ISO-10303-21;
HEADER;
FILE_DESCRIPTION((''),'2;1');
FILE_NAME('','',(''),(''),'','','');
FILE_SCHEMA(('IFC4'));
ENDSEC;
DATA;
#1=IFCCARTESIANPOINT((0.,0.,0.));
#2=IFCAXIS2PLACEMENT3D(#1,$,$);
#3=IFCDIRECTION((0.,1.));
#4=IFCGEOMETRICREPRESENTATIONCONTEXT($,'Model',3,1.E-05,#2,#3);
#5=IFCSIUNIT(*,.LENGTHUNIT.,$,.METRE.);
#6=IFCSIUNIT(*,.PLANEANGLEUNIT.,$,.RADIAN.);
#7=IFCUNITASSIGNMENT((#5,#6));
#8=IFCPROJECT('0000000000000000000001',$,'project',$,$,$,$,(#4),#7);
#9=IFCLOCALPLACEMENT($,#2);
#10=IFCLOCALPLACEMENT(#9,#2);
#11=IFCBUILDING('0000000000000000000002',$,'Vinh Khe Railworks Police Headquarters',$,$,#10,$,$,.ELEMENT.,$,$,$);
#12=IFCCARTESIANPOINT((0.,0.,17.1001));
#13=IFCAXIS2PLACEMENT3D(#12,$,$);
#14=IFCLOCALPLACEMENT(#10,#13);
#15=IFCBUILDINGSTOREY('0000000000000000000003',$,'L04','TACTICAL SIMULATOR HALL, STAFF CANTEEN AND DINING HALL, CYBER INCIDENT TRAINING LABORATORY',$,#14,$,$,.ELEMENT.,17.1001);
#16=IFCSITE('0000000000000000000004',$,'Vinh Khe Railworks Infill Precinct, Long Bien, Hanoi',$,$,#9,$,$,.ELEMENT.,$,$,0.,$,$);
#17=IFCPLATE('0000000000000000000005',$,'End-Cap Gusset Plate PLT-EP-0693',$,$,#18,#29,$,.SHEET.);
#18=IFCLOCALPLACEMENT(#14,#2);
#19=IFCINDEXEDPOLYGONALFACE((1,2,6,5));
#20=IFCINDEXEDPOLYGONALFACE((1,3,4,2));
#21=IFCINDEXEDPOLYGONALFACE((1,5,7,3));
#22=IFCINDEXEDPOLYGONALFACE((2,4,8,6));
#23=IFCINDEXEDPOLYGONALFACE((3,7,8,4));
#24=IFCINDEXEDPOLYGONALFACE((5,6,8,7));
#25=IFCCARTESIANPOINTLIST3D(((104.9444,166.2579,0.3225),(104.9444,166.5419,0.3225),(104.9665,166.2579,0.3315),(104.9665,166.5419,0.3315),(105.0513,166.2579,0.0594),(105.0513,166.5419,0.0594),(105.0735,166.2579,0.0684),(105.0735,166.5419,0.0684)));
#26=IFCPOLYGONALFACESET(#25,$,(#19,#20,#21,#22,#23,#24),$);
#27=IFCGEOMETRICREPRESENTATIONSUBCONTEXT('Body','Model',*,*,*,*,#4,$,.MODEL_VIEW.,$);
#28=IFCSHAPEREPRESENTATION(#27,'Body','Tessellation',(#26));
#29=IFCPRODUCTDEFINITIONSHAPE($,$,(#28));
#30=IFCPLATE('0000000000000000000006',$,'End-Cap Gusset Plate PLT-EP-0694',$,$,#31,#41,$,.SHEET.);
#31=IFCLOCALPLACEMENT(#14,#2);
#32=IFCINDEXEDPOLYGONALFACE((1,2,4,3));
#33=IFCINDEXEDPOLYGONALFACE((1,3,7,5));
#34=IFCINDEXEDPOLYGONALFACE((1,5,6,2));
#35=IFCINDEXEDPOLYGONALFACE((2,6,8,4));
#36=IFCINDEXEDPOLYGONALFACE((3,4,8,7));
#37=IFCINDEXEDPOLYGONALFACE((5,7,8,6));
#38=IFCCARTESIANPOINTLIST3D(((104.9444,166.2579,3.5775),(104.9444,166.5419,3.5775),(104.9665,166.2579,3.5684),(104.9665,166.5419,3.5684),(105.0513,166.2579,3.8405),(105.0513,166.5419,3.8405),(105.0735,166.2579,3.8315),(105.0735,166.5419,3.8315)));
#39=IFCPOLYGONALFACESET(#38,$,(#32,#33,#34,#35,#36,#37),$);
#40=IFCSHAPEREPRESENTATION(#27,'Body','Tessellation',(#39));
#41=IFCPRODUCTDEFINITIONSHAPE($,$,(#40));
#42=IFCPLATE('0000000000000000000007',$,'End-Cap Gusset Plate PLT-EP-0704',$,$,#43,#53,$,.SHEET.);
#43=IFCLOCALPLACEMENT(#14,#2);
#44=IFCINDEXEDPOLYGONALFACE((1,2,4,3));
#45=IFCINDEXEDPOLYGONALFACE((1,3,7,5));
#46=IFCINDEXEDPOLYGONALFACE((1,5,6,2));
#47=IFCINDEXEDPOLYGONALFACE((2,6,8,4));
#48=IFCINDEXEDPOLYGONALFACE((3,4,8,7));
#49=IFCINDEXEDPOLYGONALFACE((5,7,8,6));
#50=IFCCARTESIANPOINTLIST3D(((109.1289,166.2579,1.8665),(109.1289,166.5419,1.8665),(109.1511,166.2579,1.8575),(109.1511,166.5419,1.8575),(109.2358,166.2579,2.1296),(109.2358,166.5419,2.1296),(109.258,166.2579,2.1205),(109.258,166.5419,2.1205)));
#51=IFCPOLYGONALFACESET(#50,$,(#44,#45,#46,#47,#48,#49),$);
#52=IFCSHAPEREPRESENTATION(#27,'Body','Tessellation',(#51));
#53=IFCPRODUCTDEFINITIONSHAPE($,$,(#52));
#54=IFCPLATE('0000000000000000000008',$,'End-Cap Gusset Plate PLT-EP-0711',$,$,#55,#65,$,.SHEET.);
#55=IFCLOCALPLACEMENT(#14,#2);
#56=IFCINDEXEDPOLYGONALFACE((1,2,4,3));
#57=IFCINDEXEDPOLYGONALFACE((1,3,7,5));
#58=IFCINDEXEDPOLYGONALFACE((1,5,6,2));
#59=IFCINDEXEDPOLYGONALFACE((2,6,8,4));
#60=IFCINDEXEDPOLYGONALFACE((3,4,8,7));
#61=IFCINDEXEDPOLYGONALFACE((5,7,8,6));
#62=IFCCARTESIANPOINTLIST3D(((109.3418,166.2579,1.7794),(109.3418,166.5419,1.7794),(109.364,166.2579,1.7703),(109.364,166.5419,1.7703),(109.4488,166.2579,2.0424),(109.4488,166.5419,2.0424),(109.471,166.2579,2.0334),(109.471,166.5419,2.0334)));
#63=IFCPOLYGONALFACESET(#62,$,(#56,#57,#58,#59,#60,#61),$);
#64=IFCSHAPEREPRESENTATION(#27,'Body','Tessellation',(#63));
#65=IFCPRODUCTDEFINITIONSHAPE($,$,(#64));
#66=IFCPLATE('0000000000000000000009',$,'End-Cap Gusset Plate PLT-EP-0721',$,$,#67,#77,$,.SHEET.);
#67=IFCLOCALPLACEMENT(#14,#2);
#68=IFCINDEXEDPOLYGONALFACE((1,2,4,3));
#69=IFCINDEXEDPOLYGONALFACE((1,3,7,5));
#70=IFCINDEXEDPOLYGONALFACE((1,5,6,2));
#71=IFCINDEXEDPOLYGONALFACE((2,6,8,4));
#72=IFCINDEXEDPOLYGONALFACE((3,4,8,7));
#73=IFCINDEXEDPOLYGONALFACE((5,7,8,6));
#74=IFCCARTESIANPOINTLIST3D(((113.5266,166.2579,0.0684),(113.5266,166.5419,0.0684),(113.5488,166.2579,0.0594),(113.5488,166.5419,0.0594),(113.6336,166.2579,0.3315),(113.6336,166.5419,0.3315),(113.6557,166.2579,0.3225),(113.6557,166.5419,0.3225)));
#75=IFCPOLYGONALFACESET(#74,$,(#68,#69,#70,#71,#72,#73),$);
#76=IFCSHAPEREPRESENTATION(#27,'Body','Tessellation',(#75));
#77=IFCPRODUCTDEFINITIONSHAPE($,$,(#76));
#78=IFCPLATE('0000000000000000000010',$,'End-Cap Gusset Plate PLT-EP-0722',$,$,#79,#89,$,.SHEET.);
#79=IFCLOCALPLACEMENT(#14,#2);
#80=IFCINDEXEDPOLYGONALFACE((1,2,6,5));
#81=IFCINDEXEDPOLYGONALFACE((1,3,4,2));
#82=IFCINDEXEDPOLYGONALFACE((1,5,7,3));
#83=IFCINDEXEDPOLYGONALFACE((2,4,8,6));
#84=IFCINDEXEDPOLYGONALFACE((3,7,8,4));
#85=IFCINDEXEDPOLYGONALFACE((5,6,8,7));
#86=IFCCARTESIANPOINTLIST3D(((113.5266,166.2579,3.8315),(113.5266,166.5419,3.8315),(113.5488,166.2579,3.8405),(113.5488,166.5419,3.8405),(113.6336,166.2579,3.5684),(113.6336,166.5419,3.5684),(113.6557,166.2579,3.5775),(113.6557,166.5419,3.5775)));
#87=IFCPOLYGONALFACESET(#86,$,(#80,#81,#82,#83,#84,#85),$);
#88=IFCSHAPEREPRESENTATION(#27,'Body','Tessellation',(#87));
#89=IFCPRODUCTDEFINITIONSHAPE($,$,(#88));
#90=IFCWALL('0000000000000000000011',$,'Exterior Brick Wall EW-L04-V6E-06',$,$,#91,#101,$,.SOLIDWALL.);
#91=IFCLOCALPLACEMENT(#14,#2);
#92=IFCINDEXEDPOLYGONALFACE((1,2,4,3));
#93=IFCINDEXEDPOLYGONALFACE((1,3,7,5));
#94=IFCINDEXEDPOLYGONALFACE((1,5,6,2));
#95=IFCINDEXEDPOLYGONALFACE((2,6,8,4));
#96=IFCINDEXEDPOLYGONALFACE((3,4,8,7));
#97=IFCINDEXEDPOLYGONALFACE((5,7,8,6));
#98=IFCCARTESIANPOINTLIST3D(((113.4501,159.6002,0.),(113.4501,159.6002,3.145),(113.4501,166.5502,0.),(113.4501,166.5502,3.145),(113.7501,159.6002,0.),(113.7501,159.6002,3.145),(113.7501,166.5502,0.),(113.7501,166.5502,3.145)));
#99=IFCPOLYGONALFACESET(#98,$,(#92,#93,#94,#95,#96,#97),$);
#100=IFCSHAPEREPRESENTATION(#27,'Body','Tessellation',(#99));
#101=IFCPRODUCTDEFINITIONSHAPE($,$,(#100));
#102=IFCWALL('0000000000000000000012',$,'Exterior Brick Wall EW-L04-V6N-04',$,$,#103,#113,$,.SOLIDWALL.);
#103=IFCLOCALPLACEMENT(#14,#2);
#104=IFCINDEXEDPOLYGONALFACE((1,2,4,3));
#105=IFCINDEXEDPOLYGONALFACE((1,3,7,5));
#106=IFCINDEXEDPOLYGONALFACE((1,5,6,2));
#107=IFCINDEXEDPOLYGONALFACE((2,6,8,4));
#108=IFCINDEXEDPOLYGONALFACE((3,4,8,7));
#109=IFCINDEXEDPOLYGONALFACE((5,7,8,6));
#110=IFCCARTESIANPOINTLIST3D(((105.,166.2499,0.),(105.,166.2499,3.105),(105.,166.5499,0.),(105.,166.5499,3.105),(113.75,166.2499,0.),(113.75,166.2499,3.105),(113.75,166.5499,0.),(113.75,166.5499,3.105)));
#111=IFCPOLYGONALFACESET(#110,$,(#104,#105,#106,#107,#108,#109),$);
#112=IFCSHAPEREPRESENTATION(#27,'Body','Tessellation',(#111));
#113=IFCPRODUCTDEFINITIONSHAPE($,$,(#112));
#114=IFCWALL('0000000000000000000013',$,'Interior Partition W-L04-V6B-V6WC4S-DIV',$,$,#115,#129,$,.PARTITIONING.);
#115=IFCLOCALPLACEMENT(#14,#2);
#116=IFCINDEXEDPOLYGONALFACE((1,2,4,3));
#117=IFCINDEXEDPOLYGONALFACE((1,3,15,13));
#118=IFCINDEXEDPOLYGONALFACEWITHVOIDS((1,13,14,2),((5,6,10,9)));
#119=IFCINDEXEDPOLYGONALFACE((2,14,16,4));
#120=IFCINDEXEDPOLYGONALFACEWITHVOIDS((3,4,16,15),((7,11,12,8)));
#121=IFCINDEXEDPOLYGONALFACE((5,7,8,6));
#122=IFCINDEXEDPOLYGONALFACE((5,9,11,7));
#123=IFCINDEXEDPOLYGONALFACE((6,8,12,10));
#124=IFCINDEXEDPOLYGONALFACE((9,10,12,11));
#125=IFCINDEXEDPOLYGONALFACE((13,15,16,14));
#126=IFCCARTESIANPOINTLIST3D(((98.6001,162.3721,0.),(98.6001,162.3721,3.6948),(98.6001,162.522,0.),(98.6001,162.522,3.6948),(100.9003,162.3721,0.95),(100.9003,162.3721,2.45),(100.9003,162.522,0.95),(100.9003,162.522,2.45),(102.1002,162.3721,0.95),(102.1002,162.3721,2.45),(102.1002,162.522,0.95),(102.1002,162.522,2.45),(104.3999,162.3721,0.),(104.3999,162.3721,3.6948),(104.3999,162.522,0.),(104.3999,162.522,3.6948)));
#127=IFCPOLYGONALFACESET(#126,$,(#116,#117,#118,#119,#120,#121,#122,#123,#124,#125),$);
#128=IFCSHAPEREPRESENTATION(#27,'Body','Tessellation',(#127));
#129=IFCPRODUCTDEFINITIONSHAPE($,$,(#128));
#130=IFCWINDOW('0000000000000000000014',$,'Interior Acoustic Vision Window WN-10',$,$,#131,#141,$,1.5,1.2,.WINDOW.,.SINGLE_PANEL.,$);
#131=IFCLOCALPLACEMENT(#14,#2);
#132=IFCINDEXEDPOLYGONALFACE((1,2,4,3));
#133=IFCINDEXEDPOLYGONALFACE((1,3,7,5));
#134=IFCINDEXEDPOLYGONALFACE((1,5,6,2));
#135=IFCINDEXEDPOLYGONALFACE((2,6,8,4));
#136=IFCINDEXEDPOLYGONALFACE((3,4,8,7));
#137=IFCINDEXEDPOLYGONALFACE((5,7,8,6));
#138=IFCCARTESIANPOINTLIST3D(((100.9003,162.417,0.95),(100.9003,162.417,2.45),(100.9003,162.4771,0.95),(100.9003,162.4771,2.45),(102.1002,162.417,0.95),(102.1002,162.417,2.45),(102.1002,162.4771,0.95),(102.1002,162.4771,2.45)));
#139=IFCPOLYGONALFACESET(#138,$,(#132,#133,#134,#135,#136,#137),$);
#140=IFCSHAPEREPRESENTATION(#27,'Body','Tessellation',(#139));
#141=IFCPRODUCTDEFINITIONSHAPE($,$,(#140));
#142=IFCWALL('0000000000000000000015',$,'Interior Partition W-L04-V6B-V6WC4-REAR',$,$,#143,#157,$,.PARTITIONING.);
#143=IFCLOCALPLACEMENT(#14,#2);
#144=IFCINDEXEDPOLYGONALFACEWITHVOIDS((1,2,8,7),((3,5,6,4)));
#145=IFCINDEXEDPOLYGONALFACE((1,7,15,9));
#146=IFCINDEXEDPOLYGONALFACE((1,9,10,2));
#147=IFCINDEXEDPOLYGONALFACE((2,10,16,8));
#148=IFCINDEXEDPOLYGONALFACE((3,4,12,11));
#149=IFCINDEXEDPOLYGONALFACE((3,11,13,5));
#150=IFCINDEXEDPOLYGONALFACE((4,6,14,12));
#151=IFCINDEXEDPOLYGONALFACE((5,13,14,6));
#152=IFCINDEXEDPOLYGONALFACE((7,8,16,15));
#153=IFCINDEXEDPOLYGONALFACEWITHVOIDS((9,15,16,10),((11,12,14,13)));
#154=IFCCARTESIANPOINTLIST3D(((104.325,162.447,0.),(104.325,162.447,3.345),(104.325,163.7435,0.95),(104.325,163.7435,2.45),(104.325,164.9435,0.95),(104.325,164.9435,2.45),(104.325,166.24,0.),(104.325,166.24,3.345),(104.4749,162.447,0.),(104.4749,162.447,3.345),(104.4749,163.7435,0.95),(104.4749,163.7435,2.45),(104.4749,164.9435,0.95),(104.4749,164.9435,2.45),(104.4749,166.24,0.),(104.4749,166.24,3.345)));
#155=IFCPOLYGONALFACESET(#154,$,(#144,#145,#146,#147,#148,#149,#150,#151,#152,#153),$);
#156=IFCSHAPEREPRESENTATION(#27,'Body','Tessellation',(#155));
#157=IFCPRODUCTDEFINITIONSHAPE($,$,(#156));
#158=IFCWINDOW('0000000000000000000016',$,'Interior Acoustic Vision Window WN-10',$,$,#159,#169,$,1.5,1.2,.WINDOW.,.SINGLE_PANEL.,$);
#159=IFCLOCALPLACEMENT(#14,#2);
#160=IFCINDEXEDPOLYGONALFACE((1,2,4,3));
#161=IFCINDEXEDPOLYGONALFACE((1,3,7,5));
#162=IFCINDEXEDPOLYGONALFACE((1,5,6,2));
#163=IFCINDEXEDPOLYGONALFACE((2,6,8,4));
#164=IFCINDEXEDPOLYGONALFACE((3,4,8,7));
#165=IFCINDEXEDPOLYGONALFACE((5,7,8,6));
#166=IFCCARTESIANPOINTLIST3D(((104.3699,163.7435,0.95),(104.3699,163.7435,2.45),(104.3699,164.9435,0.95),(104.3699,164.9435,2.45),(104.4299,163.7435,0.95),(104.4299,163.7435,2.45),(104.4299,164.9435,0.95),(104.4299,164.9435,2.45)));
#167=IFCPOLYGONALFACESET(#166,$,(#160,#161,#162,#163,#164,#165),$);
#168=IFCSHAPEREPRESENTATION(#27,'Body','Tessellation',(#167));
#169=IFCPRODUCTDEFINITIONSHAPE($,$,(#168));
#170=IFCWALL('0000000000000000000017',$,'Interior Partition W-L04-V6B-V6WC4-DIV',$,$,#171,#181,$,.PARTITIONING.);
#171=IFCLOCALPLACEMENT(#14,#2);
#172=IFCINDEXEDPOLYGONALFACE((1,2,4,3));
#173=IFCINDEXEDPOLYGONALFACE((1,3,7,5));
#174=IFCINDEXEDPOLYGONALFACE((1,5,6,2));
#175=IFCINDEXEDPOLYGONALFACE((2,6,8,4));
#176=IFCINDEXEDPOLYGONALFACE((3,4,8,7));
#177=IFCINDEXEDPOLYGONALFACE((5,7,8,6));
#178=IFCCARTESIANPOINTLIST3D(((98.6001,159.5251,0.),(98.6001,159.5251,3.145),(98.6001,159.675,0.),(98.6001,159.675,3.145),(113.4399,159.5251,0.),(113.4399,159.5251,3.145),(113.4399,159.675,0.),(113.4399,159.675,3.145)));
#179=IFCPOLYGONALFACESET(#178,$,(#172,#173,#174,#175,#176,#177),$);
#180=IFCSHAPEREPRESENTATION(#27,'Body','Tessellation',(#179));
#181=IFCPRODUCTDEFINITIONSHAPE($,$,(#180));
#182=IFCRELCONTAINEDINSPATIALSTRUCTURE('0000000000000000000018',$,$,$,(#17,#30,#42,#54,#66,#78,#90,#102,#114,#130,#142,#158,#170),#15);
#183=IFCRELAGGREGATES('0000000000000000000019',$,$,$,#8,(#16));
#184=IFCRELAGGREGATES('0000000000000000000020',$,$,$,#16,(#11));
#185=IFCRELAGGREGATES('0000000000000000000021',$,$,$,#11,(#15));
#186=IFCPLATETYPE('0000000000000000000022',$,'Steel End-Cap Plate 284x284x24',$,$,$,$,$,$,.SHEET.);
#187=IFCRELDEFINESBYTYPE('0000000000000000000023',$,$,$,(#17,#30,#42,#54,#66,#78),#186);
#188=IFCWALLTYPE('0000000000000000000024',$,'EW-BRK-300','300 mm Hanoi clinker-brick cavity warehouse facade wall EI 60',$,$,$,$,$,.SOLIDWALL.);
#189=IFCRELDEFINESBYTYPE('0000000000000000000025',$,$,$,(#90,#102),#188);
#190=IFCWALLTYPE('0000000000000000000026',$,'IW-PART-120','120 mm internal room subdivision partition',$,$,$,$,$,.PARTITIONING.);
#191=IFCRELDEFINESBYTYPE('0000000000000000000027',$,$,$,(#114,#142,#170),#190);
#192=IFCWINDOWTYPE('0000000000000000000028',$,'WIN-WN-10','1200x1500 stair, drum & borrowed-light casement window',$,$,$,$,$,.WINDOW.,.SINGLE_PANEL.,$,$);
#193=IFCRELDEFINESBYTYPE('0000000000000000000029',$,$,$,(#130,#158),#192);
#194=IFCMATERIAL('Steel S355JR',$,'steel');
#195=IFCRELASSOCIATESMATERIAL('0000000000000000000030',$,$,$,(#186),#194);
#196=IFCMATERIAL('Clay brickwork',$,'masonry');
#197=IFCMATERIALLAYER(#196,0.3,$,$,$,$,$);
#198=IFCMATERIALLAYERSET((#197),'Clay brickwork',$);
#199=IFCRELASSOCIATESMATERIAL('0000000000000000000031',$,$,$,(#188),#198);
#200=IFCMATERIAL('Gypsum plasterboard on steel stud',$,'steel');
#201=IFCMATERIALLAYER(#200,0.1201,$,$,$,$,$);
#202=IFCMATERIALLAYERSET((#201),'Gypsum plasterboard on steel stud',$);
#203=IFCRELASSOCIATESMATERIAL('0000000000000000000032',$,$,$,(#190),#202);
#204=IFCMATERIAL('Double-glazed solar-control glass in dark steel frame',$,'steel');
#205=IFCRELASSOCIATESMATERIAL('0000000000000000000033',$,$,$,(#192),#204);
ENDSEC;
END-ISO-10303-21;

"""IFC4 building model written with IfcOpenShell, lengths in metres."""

from ifc_helpers import new_model, si_unit, direction, frame, frame_2d, origin, origin_2d, place, context, subcontext, project, spatial, rectangle, extrude, material, layer, layer_set, material_profile, profile_set, type_object, element, fill, save


model = new_model("IFC4")

# Units and contexts
model_context = context("Model", 3, precision=1e-05, world=origin(), true_north=direction((0.0, 1.0)))
body_context = subcontext(model_context, "Body", "Model", "MODEL_VIEW")
ifc_project = project(units=[si_unit("LENGTHUNIT", "METRE"), si_unit("PLANEANGLEUNIT", "RADIAN")], contexts=[model_context])

# Site, building, storey
site_placement = place(None, origin())
site = spatial("IfcSite", under=ifc_project, at=site_placement, Name="Vinh Khe Railworks Infill Precinct, Long Bien, Hanoi", CompositionType="ELEMENT", RefElevation=0.0)
building_placement = place(site_placement, origin())
building = spatial("IfcBuilding", under=site, at=building_placement, Name="Vinh Khe Railworks Police Headquarters", CompositionType="ELEMENT")
storey_placement = place(building_placement, frame((0.0, 0.0, 17.1001)))
storey = spatial("IfcBuildingStorey", under=building, at=storey_placement, Name="L04", Description="TACTICAL SIMULATOR HALL, STAFF CANTEEN AND DINING HALL, CYBER INCIDENT TRAINING LABORATORY", CompositionType="ELEMENT", Elevation=17.1001)

# Shared definitions
ifc_material_1 = material(Name="Steel S355JR", Category="steel")

# Plates
ifc_material_profile_1 = material_profile(ifc_material_1, rectangle(XDim=0.2839, YDim=0.2839, at=origin_2d()), Name="PL 284x284")
ifc_profile_set_1 = profile_set([ifc_material_profile_1], Name="Steel S355JR")
plate_type = type_object("IfcPlateType", Name="Steel End-Cap Plate 284x284x24", PredefinedType="SHEET", material=ifc_profile_set_1)
for number, where, z_axis, x_axis, name in (
    (1, (105.02, 166.3999, 0.2), (-0.926356, 0.0, -0.37665), (0.0, -1.0, 0.0), "End-Cap Gusset Plate PLT-EP-0693"),
    (2, (105.02, 166.3999, 3.7), (-0.926356, 0.0, 0.37665), (0.0, -1.0, 0.0), "End-Cap Gusset Plate PLT-EP-0694"),
    (3, (109.1824, 166.3999, 1.998), (0.926356, 0.0, -0.37665), (0.0, 1.0, 0.0), "End-Cap Gusset Plate PLT-EP-0704"),
    (4, (109.4175, 166.3999, 1.9019), (-0.926356, 0.0, 0.37665), (0.0, -1.0, 0.0), "End-Cap Gusset Plate PLT-EP-0711"),
    (5, (113.5801, 166.3999, 0.2), (0.926356, 0.0, -0.37665), (0.0, 1.0, 0.0), "End-Cap Gusset Plate PLT-EP-0721"),
    (6, (113.5801, 166.3999, 3.7), (0.926356, 0.0, 0.37665), (0.0, 1.0, 0.0), "End-Cap Gusset Plate PLT-EP-0722"),
):
    element("IfcPlate", number, at=place(storey_placement, frame(where, z_axis=z_axis, x_axis=x_axis)), inside=storey, type_object=plate_type, Name=name, PredefinedType="SHEET", context=body_context, shape_type="SweptSolid", body=[
        extrude(rectangle(XDim=0.2839, YDim=0.2839, at=origin_2d()), origin(), (0.0, 0.0, 1.0), 0.0239),
    ])

# Walls
ifc_material_2 = material(Name="Clay brickwork", Category="masonry")
ifc_layer_1 = layer(ifc_material_2, 0.3)
ifc_layer_set_1 = layer_set([ifc_layer_1], Name="Clay brickwork")
wall_type_1 = type_object("IfcWallType", Name="EW-BRK-300", Description="300 mm Hanoi clinker-brick cavity warehouse facade wall EI 60", PredefinedType="SOLIDWALL", material=ifc_layer_set_1)
wall_1_placement = place(storey_placement, frame((113.6001, 159.6001, 0.0), z_axis=(0.0, 0.0, 1.0), x_axis=(0.0, 1.0, 0.0)))
element("IfcWall", 7, at=wall_1_placement, inside=storey, type_object=wall_type_1, Name="Exterior Brick Wall EW-L04-V6E-06", PredefinedType="SOLIDWALL", context=body_context, shape_type="SweptSolid", body=[
    extrude(rectangle(XDim=6.95, YDim=0.3, at=frame_2d((3.4751, 0.0))), origin(), (0.0, 0.0, 1.0), 3.145),
])
wall_2_placement = place(storey_placement, frame((105.0, 166.3999, 0.0), z_axis=(0.0, 0.0, 1.0), x_axis=(1.0, 0.0, 0.0)))
element("IfcWall", 8, at=wall_2_placement, inside=storey, type_object=wall_type_1, Name="Exterior Brick Wall EW-L04-V6N-04", PredefinedType="SOLIDWALL", context=body_context, shape_type="SweptSolid", body=[
    extrude(rectangle(XDim=8.75, YDim=0.3, at=frame_2d((4.375, 0.0))), origin(), (0.0, 0.0, 1.0), 3.105),
])

# Walls, openings, windows
ifc_material_3 = material(Name="Gypsum plasterboard on steel stud", Category="steel")
ifc_layer_2 = layer(ifc_material_3, 0.1201)
ifc_layer_set_2 = layer_set([ifc_layer_2], Name="Gypsum plasterboard on steel stud")
wall_type_2 = type_object("IfcWallType", Name="IW-PART-120", Description="120 mm internal room subdivision partition", PredefinedType="PARTITIONING", material=ifc_layer_set_2)
wall_3_placement = place(storey_placement, frame((98.6001, 162.447, 0.0), z_axis=(0.0, 0.0, 1.0), x_axis=(1.0, 0.0, 0.0)))
wall_3 = element("IfcWall", 9, at=wall_3_placement, inside=storey, type_object=wall_type_2, Name="Interior Partition W-L04-V6B-V6WC4S-DIV", PredefinedType="PARTITIONING", context=body_context, shape_type="SweptSolid", body=[
    extrude(rectangle(XDim=5.7998, YDim=0.1499, at=frame_2d((2.8999, 0.0))), origin(), (0.0, 0.0, 1.0), 3.6948),
])
opening_1_placement = place(wall_3_placement, frame((2.3, 0.0, 0.95)))
opening_1 = element("IfcOpeningElement", 10, at=opening_1_placement, cuts=wall_3, PredefinedType="OPENING", context=body_context, shape_type="SweptSolid", body=[
    extrude(rectangle(XDim=1.2, YDim=1.5, at=frame_2d((0.6001, 0.75))), frame((0.0, 0.0898, 0.0), z_axis=(0.0, -1.0, 0.0), x_axis=(1.0, 0.0, 0.0)), (0.0, 0.0, 1.0), 0.1797),
])
ifc_material_4 = material(Name="Double-glazed solar-control glass in dark steel frame", Category="steel")
window_type = type_object("IfcWindowType", Name="WIN-WN-10", Description="1200x1500 stair, drum & borrowed-light casement window", PartitioningType="SINGLE_PANEL", PredefinedType="WINDOW", material=ifc_material_4)
window_1_placement = place(opening_1_placement, origin())
window_1 = element("IfcWindow", 11, at=window_1_placement, inside=storey, type_object=window_type, Name="Interior Acoustic Vision Window WN-10", OverallHeight=1.5, OverallWidth=1.2, PartitioningType="SINGLE_PANEL", PredefinedType="WINDOW", context=body_context, shape_type="SweptSolid", body=[
    extrude(rectangle(XDim=1.2, YDim=1.5, at=frame_2d((0.6001, 0.75))), frame((0.0, 0.03, 0.0), z_axis=(0.0, -1.0, 0.0), x_axis=(1.0, 0.0, 0.0)), (0.0, 0.0, 1.0), 0.0601),
])
fill(opening_1, window_1)
wall_4_placement = place(storey_placement, frame((104.3999, 162.447, 0.0), z_axis=(0.0, 0.0, 1.0), x_axis=(0.0, 1.0, 0.0)))
wall_4 = element("IfcWall", 12, at=wall_4_placement, inside=storey, type_object=wall_type_2, Name="Interior Partition W-L04-V6B-V6WC4-REAR", PredefinedType="PARTITIONING", context=body_context, shape_type="SweptSolid", body=[
    extrude(rectangle(XDim=3.793, YDim=0.1499, at=frame_2d((1.8965, 0.0))), origin(), (0.0, 0.0, 1.0), 3.345),
])
opening_2_placement = place(wall_4_placement, frame((1.2964, 0.0, 0.95)))
opening_2 = element("IfcOpeningElement", 13, at=opening_2_placement, cuts=wall_4, PredefinedType="OPENING", context=body_context, shape_type="SweptSolid", body=[
    extrude(rectangle(XDim=1.2, YDim=1.5, at=frame_2d((0.6001, 0.75))), frame((0.0, 0.0898, 0.0), z_axis=(0.0, -1.0, 0.0), x_axis=(1.0, 0.0, 0.0)), (0.0, 0.0, 1.0), 0.1797),
])
window_2_placement = place(opening_2_placement, origin())
window_2 = element("IfcWindow", 14, at=window_2_placement, inside=storey, type_object=window_type, Name="Interior Acoustic Vision Window WN-10", OverallHeight=1.5, OverallWidth=1.2, PartitioningType="SINGLE_PANEL", PredefinedType="WINDOW", context=body_context, shape_type="SweptSolid", body=[
    extrude(rectangle(XDim=1.2, YDim=1.5, at=frame_2d((0.6001, 0.75))), frame((0.0, 0.03, 0.0), z_axis=(0.0, -1.0, 0.0), x_axis=(1.0, 0.0, 0.0)), (0.0, 0.0, 1.0), 0.0601),
])
fill(opening_2, window_2)

# Wall
wall_5_placement = place(storey_placement, frame((98.6001, 159.6001, 0.0), z_axis=(0.0, 0.0, 1.0), x_axis=(1.0, 0.0, 0.0)))
element("IfcWall", 15, at=wall_5_placement, inside=storey, type_object=wall_type_2, Name="Interior Partition W-L04-V6B-V6WC4-DIV", PredefinedType="PARTITIONING", context=body_context, shape_type="SweptSolid", body=[
    extrude(rectangle(XDim=14.8398, YDim=0.1499, at=frame_2d((7.4199, 0.0))), origin(), (0.0, 0.0, 1.0), 3.145),
])

save(model, "model.ifc")
